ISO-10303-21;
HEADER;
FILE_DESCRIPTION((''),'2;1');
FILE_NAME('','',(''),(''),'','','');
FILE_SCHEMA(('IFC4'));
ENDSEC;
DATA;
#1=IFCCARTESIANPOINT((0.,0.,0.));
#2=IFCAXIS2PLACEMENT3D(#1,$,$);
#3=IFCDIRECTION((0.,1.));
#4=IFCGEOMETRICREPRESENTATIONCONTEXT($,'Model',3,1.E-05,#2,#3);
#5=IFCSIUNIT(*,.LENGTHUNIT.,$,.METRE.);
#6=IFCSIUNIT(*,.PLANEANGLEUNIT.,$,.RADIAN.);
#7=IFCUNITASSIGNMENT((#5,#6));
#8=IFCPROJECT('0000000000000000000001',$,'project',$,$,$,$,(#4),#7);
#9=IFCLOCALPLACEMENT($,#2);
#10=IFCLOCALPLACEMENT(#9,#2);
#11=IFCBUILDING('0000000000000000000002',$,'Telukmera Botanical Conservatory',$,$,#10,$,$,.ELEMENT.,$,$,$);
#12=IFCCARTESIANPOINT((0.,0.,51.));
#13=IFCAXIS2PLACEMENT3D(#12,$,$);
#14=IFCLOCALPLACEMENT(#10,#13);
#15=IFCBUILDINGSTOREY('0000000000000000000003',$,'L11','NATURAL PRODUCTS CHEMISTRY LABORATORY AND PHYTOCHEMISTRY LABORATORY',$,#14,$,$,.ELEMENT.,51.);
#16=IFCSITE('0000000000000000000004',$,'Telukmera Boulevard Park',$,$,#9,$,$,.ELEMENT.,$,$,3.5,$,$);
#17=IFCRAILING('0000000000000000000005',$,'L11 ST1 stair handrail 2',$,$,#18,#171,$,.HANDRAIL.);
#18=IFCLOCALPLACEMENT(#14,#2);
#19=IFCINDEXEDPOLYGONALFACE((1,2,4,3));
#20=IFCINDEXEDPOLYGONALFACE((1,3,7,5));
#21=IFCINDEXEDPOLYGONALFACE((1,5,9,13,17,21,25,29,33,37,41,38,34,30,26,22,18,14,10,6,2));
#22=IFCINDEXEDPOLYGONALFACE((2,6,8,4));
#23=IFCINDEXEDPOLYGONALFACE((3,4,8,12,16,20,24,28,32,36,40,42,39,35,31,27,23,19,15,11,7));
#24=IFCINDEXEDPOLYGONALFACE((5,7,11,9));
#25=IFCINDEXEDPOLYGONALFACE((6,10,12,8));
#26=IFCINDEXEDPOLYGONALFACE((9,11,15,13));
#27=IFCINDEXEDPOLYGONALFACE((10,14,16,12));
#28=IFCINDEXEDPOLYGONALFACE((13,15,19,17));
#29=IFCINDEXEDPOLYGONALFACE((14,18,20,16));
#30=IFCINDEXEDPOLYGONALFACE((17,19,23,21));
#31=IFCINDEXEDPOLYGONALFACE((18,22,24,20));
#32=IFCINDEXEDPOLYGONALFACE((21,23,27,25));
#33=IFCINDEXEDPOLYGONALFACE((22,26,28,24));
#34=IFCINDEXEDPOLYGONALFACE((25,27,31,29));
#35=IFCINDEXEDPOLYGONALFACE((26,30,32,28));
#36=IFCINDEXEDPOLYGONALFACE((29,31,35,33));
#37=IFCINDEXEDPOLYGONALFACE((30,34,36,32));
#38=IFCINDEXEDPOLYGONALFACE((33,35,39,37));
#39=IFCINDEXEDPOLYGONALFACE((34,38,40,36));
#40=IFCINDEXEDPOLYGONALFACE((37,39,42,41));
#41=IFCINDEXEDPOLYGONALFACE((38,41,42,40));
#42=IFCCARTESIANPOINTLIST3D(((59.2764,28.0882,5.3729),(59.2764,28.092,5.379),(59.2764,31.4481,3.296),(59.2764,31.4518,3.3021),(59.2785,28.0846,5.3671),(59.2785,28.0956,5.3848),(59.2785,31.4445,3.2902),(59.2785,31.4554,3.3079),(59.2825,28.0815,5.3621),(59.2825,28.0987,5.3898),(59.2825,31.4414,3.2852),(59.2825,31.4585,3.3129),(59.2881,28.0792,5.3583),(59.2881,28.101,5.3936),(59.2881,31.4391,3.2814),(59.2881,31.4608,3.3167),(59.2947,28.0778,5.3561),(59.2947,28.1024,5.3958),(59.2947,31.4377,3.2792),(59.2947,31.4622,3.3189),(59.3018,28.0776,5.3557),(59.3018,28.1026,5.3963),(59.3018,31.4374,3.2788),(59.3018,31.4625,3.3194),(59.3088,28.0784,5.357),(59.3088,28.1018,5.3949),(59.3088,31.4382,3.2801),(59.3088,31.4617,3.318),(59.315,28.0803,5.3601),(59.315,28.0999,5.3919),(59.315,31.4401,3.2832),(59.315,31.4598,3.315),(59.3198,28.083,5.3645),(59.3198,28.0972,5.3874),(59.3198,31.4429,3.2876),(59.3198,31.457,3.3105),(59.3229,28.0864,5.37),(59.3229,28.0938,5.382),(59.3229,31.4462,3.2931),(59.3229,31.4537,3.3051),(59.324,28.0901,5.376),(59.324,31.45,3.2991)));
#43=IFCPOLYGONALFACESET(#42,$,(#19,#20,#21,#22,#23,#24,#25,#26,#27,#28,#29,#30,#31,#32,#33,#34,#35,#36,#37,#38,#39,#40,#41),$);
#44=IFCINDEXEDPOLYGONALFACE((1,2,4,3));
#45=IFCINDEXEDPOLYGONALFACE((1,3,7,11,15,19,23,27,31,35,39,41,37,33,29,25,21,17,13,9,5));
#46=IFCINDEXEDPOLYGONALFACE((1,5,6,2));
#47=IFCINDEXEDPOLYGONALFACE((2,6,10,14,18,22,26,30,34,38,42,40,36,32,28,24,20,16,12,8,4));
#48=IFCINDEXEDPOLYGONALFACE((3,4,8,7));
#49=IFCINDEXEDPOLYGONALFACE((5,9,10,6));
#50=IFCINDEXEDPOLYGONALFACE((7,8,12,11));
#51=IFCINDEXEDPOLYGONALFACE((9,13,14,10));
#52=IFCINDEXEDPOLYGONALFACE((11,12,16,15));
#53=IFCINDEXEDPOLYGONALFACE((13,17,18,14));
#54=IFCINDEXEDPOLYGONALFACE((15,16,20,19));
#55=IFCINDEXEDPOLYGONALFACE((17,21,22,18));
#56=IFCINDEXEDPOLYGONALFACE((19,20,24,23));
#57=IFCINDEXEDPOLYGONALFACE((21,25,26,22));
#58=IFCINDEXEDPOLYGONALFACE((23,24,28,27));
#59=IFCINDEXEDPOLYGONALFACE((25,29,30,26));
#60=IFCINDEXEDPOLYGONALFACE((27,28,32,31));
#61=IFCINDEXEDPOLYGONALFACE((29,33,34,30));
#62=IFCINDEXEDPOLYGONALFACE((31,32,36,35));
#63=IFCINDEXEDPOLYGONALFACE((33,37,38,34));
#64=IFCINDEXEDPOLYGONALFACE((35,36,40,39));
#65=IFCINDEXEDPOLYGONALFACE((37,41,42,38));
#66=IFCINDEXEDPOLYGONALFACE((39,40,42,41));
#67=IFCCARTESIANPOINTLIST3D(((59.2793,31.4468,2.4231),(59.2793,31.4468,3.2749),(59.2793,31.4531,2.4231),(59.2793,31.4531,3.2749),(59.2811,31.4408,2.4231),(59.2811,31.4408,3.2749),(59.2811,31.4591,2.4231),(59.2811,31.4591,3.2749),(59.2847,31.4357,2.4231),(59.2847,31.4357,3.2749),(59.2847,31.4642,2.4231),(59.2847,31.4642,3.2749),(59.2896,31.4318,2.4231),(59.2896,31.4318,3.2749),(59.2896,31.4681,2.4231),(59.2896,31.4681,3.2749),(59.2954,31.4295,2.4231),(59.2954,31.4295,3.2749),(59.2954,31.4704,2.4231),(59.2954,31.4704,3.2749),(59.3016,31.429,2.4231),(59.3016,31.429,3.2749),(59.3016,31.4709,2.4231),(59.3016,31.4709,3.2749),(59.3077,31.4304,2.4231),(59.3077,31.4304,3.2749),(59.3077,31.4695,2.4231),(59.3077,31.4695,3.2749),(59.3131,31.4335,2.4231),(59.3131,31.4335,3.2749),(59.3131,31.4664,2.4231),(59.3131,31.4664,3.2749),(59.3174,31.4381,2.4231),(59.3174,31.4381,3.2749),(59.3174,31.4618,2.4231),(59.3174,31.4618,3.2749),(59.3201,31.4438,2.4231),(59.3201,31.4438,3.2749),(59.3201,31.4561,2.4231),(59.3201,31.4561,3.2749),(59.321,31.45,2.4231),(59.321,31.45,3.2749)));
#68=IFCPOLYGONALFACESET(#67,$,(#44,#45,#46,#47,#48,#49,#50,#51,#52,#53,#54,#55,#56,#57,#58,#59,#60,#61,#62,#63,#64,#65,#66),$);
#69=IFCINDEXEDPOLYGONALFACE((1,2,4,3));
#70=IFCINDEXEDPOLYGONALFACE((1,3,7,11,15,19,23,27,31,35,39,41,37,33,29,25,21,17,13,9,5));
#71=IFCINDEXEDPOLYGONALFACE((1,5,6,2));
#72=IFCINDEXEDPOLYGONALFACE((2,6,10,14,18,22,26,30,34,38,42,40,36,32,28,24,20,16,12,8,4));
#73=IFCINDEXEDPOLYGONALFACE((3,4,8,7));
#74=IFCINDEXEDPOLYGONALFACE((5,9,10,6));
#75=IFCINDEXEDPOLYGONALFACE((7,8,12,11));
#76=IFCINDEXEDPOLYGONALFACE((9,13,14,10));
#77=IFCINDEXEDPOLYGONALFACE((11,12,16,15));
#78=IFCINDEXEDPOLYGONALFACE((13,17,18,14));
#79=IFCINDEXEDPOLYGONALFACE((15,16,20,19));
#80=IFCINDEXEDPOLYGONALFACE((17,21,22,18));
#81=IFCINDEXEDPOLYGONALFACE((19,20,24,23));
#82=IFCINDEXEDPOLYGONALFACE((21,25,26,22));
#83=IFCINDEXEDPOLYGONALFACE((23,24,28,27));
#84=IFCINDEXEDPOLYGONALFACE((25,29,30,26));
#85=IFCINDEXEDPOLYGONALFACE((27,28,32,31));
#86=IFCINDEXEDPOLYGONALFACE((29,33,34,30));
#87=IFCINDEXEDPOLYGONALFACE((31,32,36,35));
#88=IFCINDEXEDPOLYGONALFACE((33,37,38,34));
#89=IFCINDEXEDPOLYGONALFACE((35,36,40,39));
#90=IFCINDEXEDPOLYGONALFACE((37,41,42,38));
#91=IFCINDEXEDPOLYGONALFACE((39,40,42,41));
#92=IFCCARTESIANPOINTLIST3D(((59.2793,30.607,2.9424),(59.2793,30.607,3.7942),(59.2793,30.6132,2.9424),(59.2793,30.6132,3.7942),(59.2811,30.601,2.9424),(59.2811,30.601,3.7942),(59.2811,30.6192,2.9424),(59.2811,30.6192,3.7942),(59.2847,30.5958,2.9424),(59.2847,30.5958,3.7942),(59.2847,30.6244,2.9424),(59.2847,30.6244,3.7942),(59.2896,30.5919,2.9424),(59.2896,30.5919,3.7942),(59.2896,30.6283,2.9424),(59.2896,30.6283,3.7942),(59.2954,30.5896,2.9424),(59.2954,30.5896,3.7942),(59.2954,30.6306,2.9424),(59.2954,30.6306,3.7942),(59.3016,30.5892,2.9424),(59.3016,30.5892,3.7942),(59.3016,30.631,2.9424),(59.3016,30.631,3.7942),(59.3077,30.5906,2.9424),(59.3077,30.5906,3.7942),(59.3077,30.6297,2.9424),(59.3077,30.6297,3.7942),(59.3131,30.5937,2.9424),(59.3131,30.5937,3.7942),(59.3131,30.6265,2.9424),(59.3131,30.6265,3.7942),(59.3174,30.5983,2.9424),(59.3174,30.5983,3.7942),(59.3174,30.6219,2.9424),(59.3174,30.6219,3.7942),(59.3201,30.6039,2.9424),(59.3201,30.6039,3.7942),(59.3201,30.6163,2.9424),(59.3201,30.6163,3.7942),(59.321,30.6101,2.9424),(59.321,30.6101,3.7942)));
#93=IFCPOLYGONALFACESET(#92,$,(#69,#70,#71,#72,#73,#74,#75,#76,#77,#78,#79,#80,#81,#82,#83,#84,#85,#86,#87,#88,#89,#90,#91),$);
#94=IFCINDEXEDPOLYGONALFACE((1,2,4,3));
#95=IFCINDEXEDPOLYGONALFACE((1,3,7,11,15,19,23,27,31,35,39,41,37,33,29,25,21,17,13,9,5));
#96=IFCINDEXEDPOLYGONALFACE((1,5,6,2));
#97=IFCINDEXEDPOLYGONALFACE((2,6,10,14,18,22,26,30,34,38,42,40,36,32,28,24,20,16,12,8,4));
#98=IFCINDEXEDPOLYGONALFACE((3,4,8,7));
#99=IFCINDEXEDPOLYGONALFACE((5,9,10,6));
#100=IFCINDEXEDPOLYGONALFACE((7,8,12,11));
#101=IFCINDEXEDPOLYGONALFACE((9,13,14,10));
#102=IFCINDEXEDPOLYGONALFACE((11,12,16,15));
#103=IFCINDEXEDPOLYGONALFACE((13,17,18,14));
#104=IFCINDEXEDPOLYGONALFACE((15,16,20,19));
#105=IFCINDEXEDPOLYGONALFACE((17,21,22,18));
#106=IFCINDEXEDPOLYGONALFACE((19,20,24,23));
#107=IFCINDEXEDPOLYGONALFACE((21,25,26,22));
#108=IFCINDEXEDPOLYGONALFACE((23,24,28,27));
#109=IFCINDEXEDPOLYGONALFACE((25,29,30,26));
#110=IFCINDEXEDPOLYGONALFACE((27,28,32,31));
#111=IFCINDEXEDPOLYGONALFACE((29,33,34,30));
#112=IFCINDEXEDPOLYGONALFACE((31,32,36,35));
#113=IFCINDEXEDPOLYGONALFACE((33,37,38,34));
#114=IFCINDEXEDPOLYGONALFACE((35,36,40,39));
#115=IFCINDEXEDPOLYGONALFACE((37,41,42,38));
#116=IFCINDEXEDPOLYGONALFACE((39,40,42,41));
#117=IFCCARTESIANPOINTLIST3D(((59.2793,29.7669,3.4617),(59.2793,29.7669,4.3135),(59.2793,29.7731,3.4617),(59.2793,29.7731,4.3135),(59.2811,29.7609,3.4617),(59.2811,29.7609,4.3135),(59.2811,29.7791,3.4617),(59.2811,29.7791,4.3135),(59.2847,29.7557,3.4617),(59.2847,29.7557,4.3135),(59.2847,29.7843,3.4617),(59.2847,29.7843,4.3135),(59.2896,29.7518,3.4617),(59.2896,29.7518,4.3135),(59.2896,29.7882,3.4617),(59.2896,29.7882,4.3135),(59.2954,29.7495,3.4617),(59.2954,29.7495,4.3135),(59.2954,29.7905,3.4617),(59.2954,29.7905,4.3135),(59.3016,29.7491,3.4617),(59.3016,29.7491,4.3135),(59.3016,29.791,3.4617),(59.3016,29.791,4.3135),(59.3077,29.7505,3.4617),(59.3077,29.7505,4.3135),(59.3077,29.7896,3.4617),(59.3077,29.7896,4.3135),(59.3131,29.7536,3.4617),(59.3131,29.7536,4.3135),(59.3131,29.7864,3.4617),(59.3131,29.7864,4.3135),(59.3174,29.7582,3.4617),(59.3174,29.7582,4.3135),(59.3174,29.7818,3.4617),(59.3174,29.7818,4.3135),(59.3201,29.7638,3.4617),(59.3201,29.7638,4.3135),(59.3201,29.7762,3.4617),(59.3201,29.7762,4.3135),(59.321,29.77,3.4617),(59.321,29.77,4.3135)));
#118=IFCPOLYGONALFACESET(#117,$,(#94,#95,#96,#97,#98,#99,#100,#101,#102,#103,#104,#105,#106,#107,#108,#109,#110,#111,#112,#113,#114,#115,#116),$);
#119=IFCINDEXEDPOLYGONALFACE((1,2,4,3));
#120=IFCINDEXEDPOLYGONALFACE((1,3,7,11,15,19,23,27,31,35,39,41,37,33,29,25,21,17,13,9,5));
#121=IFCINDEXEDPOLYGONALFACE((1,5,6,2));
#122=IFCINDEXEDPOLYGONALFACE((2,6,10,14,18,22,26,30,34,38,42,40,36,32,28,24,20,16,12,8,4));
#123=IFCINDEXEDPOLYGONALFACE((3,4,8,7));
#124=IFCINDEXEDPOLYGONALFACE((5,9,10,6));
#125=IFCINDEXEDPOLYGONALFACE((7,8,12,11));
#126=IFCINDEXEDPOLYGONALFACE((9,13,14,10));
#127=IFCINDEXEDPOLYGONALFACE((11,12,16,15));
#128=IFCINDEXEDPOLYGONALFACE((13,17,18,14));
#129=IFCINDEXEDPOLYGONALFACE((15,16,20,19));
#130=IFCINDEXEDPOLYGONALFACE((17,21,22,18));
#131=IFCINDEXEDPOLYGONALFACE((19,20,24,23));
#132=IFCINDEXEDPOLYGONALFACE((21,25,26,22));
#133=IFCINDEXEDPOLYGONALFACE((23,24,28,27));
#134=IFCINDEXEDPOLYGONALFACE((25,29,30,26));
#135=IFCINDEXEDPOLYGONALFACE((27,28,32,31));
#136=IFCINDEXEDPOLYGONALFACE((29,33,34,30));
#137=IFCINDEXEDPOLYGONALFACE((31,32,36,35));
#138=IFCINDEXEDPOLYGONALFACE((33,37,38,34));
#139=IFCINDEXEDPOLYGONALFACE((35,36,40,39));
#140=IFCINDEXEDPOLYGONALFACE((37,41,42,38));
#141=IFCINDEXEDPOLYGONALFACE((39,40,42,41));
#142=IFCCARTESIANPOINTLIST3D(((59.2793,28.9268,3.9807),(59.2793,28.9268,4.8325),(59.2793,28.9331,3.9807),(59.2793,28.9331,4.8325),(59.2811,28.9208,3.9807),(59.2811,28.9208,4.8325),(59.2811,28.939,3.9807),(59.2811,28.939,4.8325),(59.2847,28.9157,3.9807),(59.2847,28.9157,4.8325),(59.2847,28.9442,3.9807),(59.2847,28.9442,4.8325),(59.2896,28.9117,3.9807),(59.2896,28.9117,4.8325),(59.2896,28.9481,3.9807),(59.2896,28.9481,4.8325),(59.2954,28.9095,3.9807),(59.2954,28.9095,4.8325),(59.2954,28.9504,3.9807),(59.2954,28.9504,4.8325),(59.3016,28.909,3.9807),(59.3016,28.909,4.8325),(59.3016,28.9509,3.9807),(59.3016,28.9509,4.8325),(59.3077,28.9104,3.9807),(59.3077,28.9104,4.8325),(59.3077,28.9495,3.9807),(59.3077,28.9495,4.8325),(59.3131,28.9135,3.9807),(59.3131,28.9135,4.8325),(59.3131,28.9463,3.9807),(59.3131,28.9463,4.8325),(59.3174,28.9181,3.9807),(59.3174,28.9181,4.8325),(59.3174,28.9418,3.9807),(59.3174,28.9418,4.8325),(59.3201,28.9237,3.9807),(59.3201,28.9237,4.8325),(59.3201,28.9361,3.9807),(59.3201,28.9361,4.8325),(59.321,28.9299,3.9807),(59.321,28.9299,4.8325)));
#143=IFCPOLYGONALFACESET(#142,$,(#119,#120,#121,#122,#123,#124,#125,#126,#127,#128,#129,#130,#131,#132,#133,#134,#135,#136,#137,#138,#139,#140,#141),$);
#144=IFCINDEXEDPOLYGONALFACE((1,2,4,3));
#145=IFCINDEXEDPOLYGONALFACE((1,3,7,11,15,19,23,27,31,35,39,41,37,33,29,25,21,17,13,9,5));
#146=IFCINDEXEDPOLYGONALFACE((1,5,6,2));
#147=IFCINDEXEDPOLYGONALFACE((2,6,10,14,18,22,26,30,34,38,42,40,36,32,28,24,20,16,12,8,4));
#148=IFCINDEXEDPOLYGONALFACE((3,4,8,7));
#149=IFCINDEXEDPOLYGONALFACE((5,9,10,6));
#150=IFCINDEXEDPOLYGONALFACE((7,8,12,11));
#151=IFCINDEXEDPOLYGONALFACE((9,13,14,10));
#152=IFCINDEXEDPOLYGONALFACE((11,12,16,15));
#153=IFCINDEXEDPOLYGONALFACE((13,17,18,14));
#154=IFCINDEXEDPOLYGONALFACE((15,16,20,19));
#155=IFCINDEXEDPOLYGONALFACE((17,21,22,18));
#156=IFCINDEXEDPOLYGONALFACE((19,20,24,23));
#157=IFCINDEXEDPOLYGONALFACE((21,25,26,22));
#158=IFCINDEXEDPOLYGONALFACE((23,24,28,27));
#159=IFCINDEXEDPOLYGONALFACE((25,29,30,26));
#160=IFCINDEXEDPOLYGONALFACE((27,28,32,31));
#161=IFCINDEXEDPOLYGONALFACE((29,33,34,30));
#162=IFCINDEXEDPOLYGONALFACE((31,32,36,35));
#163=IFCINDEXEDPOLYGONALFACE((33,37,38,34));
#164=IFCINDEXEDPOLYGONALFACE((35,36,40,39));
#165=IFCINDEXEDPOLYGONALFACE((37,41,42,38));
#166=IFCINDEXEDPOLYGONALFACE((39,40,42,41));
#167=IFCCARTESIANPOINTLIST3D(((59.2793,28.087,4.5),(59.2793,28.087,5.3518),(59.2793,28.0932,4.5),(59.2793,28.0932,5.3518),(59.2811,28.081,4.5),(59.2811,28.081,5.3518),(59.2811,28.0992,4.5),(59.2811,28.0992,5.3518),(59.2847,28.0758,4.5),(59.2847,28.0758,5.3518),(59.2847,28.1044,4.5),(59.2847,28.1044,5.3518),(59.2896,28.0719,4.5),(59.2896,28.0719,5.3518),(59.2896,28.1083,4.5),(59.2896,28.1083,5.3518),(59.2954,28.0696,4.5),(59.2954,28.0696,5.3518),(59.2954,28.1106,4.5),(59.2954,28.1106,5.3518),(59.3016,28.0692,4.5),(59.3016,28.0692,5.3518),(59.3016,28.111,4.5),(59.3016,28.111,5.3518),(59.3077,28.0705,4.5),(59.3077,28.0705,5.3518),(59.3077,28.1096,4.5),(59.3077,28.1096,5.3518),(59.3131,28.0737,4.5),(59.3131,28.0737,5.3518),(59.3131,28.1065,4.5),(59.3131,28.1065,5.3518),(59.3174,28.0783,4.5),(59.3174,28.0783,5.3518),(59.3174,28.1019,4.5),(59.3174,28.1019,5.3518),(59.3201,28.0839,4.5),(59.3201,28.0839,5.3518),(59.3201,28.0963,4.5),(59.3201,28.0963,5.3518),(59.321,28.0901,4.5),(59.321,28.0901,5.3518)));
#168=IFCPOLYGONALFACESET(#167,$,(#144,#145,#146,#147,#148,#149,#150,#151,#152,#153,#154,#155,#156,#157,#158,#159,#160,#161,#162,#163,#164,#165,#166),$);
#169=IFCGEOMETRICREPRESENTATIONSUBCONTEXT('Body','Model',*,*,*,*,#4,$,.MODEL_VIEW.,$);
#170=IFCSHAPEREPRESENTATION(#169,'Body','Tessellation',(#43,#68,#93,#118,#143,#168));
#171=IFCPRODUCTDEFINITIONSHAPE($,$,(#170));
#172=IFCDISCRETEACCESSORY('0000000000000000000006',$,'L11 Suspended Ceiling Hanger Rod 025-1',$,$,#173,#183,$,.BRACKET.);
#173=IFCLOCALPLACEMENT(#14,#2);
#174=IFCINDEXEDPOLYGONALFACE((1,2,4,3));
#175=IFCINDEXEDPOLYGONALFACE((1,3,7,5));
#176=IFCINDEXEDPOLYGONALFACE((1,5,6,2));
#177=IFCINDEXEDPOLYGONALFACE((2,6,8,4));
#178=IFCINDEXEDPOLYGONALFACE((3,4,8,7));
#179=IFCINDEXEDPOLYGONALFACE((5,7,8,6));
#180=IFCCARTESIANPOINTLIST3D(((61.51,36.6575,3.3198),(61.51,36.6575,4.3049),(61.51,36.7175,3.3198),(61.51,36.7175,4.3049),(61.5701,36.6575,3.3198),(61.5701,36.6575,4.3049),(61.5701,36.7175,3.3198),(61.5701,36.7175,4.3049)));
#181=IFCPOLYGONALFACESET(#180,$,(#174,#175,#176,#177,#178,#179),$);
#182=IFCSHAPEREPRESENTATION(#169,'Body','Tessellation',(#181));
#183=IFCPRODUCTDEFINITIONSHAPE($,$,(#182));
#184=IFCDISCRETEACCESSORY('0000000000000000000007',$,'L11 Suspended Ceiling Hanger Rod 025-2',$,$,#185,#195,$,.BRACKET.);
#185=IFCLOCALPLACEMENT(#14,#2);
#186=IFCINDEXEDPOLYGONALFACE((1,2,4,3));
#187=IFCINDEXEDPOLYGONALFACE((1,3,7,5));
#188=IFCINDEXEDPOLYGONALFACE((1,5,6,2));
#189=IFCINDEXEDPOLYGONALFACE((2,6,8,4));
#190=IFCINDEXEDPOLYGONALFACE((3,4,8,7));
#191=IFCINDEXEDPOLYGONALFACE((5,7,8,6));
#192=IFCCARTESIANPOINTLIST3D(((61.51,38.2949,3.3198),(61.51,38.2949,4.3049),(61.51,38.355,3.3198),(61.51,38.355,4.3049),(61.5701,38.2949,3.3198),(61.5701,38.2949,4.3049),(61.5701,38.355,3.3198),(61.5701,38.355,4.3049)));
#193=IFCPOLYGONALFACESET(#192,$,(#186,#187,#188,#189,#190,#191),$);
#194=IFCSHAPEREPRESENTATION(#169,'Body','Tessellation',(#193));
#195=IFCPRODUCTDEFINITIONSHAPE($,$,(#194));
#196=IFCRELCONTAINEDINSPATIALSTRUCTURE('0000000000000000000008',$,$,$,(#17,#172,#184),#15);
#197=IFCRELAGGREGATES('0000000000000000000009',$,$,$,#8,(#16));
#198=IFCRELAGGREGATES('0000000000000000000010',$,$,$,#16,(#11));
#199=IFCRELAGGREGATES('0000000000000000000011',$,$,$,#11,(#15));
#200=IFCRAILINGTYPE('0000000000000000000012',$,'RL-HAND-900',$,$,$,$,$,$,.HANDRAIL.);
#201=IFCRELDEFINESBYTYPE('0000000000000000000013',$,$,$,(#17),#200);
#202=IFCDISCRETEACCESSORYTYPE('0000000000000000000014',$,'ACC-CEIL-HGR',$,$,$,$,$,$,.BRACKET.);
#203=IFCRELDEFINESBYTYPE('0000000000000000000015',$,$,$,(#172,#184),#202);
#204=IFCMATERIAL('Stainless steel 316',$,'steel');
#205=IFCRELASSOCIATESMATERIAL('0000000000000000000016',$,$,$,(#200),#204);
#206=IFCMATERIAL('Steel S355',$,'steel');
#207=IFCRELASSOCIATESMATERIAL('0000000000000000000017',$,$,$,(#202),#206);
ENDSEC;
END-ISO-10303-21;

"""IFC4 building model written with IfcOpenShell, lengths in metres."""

from ifc_helpers import new_model, si_unit, direction, frame, origin, origin_2d, place, context, subcontext, project, spatial, rectangle, circle, extrude, material, type_object, element, save


model = new_model("IFC4")

# Units and contexts
model_context = context("Model", 3, precision=1e-05, world=origin(), true_north=direction((0.0, 1.0)))
body_context = subcontext(model_context, "Body", "Model", "MODEL_VIEW")
ifc_project = project(units=[si_unit("LENGTHUNIT", "METRE"), si_unit("PLANEANGLEUNIT", "RADIAN")], contexts=[model_context])

# Site, building, storey
site_placement = place(None, origin())
site = spatial("IfcSite", under=ifc_project, at=site_placement, Name="Telukmera Boulevard Park", CompositionType="ELEMENT", RefElevation=3.5)
building_placement = place(site_placement, origin())
building = spatial("IfcBuilding", under=site, at=building_placement, Name="Telukmera Botanical Conservatory", CompositionType="ELEMENT")
storey_placement = place(building_placement, frame((0.0, 0.0, 51.0)))
storey = spatial("IfcBuildingStorey", under=building, at=storey_placement, Name="L11", Description="NATURAL PRODUCTS CHEMISTRY LABORATORY AND PHYTOCHEMISTRY LABORATORY", CompositionType="ELEMENT", Elevation=51.0)

# Railing
ifc_material_1 = material(Name="Steel S355", Category="steel")
ifc_material_2 = material(Name="Stainless steel 316", Category="steel")
railing_type_1 = type_object("IfcRailingType", Name="RL-HAND-900", PredefinedType="HANDRAIL", material=ifc_material_2)
railing_1_placement = place(storey_placement, frame((59.3, 31.45, 2.4231)))
element("IfcRailing", 1, at=railing_1_placement, inside=storey, type_object=railing_type_1, Name="L11 ST1 stair handrail 2", PredefinedType="HANDRAIL", context=body_context, shape_type="SweptSolid", body=[
    extrude(circle(Radius=0.0239, at=origin_2d()), frame((0.0, 0.0, 0.876), z_axis=(0.0, -0.850606, 0.525803), x_axis=(1.0, 0.0, 0.0)), (0.0, 0.0, 1.0), 3.95),
    extrude(circle(Radius=0.021, at=origin_2d()), origin(), (0.0, 0.0, 1.0), 0.8518),
    extrude(circle(Radius=0.021, at=origin_2d()), frame((0.0, -0.8398, 0.5193)), (0.0, 0.0, 1.0), 0.8518),
    extrude(circle(Radius=0.021, at=origin_2d()), frame((0.0, -1.6799, 1.0386)), (0.0, 0.0, 1.0), 0.8518),
    extrude(circle(Radius=0.021, at=origin_2d()), frame((0.0, -2.52, 1.5576)), (0.0, 0.0, 1.0), 0.8518),
    extrude(circle(Radius=0.021, at=origin_2d()), frame((0.0, -3.3599, 2.0769)), (0.0, 0.0, 1.0), 0.8518),
])

# Discrete accessories
discrete_accessory_type = type_object("IfcDiscreteAccessoryType", Name="ACC-CEIL-HGR", PredefinedType="BRACKET", material=ifc_material_1)
for number, where, z_axis, x_axis, name in (
    (2, (61.54, 36.6875, 3.3198), (0.0, 0.0, 1.0), (1.0, 0.0, 0.0), "L11 Suspended Ceiling Hanger Rod 025-1"),
    (3, (61.54, 38.325, 3.3198), (0.0, 0.0, 1.0), (1.0, 0.0, 0.0), "L11 Suspended Ceiling Hanger Rod 025-2"),
):
    element("IfcDiscreteAccessory", number, at=place(storey_placement, frame(where, z_axis=z_axis, x_axis=x_axis)), inside=storey, type_object=discrete_accessory_type, Name=name, PredefinedType="BRACKET", context=body_context, shape_type="SweptSolid", body=[
        extrude(rectangle(XDim=0.0601, YDim=0.0601, at=origin_2d()), origin(), (0.0, 0.0, 1.0), 0.9851),
    ])

save(model, "model.ifc")
